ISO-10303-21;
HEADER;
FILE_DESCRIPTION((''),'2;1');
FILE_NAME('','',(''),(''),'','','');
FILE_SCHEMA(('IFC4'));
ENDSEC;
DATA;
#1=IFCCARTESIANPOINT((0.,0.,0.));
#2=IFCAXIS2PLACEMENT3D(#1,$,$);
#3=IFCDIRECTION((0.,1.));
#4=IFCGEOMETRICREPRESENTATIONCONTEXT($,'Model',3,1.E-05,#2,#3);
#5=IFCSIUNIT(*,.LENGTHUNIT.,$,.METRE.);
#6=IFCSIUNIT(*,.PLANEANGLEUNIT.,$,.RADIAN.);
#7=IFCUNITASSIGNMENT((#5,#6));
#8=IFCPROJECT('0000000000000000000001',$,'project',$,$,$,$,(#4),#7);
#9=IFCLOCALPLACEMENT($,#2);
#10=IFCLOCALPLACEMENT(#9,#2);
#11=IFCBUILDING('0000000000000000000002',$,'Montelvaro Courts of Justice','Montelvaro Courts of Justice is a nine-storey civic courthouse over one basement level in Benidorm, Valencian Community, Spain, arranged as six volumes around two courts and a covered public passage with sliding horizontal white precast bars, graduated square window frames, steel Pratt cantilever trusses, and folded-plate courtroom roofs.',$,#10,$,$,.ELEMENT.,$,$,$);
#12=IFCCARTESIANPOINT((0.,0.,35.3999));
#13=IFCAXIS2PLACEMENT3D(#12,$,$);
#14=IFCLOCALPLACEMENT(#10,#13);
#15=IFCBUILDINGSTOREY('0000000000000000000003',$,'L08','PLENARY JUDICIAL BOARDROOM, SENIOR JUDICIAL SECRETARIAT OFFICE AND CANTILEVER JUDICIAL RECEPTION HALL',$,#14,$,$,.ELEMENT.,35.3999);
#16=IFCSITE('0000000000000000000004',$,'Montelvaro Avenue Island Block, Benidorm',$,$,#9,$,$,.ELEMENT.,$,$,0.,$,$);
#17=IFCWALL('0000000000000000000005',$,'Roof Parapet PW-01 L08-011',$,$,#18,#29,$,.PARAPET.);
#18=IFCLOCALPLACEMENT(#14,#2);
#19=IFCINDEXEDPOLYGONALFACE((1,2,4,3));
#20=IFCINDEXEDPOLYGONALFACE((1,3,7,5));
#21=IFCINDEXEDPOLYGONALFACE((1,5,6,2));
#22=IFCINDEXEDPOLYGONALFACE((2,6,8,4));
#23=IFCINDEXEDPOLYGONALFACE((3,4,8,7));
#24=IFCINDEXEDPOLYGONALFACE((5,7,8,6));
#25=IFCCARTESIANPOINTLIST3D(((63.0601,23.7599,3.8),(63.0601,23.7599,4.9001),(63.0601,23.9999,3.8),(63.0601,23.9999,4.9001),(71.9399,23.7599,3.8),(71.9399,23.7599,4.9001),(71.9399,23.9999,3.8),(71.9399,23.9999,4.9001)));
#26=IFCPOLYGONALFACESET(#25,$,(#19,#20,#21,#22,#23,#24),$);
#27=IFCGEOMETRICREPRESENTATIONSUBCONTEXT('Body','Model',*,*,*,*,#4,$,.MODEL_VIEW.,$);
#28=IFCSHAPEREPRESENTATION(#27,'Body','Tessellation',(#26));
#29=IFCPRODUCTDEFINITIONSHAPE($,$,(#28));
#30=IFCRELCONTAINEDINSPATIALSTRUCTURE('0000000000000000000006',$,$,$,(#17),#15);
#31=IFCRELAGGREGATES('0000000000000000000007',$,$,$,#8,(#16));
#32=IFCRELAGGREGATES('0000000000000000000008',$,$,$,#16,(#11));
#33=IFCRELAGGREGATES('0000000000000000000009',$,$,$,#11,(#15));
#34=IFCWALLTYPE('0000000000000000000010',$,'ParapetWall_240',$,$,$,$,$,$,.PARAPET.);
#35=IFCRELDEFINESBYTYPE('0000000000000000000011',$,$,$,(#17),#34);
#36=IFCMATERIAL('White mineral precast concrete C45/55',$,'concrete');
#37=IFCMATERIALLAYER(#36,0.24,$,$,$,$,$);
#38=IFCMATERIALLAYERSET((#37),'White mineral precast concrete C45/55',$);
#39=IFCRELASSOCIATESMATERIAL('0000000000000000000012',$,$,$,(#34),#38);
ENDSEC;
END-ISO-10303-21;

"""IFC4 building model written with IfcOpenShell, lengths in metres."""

from ifc_helpers import new_model, si_unit, direction, frame, frame_2d, origin, place, context, subcontext, project, spatial, rectangle, extrude, material, layer, layer_set, type_object, element, save


model = new_model("IFC4")

# Units and contexts
model_context = context("Model", 3, precision=1e-05, world=origin(), true_north=direction((0.0, 1.0)))
body_context = subcontext(model_context, "Body", "Model", "MODEL_VIEW")
ifc_project = project(units=[si_unit("LENGTHUNIT", "METRE"), si_unit("PLANEANGLEUNIT", "RADIAN")], contexts=[model_context])

# Site, building, storey
site_placement = place(None, origin())
site = spatial("IfcSite", under=ifc_project, at=site_placement, Name="Montelvaro Avenue Island Block, Benidorm", CompositionType="ELEMENT", RefElevation=0.0)
building_placement = place(site_placement, origin())
building = spatial("IfcBuilding", under=site, at=building_placement, Name="Montelvaro Courts of Justice", Description="Montelvaro Courts of Justice is a nine-storey civic courthouse over one basement level in Benidorm, Valencian Community, Spain, arranged as six volumes around two courts and a covered public passage with sliding horizontal white precast bars, graduated square window frames, steel Pratt cantilever trusses, and folded-plate courtroom roofs.", CompositionType="ELEMENT")
storey_placement = place(building_placement, frame((0.0, 0.0, 35.3999)))
storey = spatial("IfcBuildingStorey", under=building, at=storey_placement, Name="L08", Description="PLENARY JUDICIAL BOARDROOM, SENIOR JUDICIAL SECRETARIAT OFFICE AND CANTILEVER JUDICIAL RECEPTION HALL", CompositionType="ELEMENT", Elevation=35.3999)

# Shared definitions
ifc_material_1 = material(Name="White mineral precast concrete C45/55", Category="concrete")

# Wall
ifc_layer_1 = layer(ifc_material_1, 0.24)
ifc_layer_set_1 = layer_set([ifc_layer_1], Name="White mineral precast concrete C45/55")
wall_type_1 = type_object("IfcWallType", Name="ParapetWall_240", PredefinedType="PARAPET", material=ifc_layer_set_1)
wall_1_placement = place(storey_placement, frame((71.9399, 23.8799, 3.8), z_axis=(0.0, 0.0, 1.0), x_axis=(-1.0, 0.0, 0.0)))
element("IfcWall", 1, at=wall_1_placement, inside=storey, type_object=wall_type_1, Name="Roof Parapet PW-01 L08-011", PredefinedType="PARAPET", context=body_context, shape_type="SweptSolid", body=[
    extrude(rectangle(XDim=8.8799, YDim=0.24, at=frame_2d((4.4399, 0.0))), origin(), (0.0, 0.0, 1.0), 1.1001),
])

save(model, "model.ifc")
